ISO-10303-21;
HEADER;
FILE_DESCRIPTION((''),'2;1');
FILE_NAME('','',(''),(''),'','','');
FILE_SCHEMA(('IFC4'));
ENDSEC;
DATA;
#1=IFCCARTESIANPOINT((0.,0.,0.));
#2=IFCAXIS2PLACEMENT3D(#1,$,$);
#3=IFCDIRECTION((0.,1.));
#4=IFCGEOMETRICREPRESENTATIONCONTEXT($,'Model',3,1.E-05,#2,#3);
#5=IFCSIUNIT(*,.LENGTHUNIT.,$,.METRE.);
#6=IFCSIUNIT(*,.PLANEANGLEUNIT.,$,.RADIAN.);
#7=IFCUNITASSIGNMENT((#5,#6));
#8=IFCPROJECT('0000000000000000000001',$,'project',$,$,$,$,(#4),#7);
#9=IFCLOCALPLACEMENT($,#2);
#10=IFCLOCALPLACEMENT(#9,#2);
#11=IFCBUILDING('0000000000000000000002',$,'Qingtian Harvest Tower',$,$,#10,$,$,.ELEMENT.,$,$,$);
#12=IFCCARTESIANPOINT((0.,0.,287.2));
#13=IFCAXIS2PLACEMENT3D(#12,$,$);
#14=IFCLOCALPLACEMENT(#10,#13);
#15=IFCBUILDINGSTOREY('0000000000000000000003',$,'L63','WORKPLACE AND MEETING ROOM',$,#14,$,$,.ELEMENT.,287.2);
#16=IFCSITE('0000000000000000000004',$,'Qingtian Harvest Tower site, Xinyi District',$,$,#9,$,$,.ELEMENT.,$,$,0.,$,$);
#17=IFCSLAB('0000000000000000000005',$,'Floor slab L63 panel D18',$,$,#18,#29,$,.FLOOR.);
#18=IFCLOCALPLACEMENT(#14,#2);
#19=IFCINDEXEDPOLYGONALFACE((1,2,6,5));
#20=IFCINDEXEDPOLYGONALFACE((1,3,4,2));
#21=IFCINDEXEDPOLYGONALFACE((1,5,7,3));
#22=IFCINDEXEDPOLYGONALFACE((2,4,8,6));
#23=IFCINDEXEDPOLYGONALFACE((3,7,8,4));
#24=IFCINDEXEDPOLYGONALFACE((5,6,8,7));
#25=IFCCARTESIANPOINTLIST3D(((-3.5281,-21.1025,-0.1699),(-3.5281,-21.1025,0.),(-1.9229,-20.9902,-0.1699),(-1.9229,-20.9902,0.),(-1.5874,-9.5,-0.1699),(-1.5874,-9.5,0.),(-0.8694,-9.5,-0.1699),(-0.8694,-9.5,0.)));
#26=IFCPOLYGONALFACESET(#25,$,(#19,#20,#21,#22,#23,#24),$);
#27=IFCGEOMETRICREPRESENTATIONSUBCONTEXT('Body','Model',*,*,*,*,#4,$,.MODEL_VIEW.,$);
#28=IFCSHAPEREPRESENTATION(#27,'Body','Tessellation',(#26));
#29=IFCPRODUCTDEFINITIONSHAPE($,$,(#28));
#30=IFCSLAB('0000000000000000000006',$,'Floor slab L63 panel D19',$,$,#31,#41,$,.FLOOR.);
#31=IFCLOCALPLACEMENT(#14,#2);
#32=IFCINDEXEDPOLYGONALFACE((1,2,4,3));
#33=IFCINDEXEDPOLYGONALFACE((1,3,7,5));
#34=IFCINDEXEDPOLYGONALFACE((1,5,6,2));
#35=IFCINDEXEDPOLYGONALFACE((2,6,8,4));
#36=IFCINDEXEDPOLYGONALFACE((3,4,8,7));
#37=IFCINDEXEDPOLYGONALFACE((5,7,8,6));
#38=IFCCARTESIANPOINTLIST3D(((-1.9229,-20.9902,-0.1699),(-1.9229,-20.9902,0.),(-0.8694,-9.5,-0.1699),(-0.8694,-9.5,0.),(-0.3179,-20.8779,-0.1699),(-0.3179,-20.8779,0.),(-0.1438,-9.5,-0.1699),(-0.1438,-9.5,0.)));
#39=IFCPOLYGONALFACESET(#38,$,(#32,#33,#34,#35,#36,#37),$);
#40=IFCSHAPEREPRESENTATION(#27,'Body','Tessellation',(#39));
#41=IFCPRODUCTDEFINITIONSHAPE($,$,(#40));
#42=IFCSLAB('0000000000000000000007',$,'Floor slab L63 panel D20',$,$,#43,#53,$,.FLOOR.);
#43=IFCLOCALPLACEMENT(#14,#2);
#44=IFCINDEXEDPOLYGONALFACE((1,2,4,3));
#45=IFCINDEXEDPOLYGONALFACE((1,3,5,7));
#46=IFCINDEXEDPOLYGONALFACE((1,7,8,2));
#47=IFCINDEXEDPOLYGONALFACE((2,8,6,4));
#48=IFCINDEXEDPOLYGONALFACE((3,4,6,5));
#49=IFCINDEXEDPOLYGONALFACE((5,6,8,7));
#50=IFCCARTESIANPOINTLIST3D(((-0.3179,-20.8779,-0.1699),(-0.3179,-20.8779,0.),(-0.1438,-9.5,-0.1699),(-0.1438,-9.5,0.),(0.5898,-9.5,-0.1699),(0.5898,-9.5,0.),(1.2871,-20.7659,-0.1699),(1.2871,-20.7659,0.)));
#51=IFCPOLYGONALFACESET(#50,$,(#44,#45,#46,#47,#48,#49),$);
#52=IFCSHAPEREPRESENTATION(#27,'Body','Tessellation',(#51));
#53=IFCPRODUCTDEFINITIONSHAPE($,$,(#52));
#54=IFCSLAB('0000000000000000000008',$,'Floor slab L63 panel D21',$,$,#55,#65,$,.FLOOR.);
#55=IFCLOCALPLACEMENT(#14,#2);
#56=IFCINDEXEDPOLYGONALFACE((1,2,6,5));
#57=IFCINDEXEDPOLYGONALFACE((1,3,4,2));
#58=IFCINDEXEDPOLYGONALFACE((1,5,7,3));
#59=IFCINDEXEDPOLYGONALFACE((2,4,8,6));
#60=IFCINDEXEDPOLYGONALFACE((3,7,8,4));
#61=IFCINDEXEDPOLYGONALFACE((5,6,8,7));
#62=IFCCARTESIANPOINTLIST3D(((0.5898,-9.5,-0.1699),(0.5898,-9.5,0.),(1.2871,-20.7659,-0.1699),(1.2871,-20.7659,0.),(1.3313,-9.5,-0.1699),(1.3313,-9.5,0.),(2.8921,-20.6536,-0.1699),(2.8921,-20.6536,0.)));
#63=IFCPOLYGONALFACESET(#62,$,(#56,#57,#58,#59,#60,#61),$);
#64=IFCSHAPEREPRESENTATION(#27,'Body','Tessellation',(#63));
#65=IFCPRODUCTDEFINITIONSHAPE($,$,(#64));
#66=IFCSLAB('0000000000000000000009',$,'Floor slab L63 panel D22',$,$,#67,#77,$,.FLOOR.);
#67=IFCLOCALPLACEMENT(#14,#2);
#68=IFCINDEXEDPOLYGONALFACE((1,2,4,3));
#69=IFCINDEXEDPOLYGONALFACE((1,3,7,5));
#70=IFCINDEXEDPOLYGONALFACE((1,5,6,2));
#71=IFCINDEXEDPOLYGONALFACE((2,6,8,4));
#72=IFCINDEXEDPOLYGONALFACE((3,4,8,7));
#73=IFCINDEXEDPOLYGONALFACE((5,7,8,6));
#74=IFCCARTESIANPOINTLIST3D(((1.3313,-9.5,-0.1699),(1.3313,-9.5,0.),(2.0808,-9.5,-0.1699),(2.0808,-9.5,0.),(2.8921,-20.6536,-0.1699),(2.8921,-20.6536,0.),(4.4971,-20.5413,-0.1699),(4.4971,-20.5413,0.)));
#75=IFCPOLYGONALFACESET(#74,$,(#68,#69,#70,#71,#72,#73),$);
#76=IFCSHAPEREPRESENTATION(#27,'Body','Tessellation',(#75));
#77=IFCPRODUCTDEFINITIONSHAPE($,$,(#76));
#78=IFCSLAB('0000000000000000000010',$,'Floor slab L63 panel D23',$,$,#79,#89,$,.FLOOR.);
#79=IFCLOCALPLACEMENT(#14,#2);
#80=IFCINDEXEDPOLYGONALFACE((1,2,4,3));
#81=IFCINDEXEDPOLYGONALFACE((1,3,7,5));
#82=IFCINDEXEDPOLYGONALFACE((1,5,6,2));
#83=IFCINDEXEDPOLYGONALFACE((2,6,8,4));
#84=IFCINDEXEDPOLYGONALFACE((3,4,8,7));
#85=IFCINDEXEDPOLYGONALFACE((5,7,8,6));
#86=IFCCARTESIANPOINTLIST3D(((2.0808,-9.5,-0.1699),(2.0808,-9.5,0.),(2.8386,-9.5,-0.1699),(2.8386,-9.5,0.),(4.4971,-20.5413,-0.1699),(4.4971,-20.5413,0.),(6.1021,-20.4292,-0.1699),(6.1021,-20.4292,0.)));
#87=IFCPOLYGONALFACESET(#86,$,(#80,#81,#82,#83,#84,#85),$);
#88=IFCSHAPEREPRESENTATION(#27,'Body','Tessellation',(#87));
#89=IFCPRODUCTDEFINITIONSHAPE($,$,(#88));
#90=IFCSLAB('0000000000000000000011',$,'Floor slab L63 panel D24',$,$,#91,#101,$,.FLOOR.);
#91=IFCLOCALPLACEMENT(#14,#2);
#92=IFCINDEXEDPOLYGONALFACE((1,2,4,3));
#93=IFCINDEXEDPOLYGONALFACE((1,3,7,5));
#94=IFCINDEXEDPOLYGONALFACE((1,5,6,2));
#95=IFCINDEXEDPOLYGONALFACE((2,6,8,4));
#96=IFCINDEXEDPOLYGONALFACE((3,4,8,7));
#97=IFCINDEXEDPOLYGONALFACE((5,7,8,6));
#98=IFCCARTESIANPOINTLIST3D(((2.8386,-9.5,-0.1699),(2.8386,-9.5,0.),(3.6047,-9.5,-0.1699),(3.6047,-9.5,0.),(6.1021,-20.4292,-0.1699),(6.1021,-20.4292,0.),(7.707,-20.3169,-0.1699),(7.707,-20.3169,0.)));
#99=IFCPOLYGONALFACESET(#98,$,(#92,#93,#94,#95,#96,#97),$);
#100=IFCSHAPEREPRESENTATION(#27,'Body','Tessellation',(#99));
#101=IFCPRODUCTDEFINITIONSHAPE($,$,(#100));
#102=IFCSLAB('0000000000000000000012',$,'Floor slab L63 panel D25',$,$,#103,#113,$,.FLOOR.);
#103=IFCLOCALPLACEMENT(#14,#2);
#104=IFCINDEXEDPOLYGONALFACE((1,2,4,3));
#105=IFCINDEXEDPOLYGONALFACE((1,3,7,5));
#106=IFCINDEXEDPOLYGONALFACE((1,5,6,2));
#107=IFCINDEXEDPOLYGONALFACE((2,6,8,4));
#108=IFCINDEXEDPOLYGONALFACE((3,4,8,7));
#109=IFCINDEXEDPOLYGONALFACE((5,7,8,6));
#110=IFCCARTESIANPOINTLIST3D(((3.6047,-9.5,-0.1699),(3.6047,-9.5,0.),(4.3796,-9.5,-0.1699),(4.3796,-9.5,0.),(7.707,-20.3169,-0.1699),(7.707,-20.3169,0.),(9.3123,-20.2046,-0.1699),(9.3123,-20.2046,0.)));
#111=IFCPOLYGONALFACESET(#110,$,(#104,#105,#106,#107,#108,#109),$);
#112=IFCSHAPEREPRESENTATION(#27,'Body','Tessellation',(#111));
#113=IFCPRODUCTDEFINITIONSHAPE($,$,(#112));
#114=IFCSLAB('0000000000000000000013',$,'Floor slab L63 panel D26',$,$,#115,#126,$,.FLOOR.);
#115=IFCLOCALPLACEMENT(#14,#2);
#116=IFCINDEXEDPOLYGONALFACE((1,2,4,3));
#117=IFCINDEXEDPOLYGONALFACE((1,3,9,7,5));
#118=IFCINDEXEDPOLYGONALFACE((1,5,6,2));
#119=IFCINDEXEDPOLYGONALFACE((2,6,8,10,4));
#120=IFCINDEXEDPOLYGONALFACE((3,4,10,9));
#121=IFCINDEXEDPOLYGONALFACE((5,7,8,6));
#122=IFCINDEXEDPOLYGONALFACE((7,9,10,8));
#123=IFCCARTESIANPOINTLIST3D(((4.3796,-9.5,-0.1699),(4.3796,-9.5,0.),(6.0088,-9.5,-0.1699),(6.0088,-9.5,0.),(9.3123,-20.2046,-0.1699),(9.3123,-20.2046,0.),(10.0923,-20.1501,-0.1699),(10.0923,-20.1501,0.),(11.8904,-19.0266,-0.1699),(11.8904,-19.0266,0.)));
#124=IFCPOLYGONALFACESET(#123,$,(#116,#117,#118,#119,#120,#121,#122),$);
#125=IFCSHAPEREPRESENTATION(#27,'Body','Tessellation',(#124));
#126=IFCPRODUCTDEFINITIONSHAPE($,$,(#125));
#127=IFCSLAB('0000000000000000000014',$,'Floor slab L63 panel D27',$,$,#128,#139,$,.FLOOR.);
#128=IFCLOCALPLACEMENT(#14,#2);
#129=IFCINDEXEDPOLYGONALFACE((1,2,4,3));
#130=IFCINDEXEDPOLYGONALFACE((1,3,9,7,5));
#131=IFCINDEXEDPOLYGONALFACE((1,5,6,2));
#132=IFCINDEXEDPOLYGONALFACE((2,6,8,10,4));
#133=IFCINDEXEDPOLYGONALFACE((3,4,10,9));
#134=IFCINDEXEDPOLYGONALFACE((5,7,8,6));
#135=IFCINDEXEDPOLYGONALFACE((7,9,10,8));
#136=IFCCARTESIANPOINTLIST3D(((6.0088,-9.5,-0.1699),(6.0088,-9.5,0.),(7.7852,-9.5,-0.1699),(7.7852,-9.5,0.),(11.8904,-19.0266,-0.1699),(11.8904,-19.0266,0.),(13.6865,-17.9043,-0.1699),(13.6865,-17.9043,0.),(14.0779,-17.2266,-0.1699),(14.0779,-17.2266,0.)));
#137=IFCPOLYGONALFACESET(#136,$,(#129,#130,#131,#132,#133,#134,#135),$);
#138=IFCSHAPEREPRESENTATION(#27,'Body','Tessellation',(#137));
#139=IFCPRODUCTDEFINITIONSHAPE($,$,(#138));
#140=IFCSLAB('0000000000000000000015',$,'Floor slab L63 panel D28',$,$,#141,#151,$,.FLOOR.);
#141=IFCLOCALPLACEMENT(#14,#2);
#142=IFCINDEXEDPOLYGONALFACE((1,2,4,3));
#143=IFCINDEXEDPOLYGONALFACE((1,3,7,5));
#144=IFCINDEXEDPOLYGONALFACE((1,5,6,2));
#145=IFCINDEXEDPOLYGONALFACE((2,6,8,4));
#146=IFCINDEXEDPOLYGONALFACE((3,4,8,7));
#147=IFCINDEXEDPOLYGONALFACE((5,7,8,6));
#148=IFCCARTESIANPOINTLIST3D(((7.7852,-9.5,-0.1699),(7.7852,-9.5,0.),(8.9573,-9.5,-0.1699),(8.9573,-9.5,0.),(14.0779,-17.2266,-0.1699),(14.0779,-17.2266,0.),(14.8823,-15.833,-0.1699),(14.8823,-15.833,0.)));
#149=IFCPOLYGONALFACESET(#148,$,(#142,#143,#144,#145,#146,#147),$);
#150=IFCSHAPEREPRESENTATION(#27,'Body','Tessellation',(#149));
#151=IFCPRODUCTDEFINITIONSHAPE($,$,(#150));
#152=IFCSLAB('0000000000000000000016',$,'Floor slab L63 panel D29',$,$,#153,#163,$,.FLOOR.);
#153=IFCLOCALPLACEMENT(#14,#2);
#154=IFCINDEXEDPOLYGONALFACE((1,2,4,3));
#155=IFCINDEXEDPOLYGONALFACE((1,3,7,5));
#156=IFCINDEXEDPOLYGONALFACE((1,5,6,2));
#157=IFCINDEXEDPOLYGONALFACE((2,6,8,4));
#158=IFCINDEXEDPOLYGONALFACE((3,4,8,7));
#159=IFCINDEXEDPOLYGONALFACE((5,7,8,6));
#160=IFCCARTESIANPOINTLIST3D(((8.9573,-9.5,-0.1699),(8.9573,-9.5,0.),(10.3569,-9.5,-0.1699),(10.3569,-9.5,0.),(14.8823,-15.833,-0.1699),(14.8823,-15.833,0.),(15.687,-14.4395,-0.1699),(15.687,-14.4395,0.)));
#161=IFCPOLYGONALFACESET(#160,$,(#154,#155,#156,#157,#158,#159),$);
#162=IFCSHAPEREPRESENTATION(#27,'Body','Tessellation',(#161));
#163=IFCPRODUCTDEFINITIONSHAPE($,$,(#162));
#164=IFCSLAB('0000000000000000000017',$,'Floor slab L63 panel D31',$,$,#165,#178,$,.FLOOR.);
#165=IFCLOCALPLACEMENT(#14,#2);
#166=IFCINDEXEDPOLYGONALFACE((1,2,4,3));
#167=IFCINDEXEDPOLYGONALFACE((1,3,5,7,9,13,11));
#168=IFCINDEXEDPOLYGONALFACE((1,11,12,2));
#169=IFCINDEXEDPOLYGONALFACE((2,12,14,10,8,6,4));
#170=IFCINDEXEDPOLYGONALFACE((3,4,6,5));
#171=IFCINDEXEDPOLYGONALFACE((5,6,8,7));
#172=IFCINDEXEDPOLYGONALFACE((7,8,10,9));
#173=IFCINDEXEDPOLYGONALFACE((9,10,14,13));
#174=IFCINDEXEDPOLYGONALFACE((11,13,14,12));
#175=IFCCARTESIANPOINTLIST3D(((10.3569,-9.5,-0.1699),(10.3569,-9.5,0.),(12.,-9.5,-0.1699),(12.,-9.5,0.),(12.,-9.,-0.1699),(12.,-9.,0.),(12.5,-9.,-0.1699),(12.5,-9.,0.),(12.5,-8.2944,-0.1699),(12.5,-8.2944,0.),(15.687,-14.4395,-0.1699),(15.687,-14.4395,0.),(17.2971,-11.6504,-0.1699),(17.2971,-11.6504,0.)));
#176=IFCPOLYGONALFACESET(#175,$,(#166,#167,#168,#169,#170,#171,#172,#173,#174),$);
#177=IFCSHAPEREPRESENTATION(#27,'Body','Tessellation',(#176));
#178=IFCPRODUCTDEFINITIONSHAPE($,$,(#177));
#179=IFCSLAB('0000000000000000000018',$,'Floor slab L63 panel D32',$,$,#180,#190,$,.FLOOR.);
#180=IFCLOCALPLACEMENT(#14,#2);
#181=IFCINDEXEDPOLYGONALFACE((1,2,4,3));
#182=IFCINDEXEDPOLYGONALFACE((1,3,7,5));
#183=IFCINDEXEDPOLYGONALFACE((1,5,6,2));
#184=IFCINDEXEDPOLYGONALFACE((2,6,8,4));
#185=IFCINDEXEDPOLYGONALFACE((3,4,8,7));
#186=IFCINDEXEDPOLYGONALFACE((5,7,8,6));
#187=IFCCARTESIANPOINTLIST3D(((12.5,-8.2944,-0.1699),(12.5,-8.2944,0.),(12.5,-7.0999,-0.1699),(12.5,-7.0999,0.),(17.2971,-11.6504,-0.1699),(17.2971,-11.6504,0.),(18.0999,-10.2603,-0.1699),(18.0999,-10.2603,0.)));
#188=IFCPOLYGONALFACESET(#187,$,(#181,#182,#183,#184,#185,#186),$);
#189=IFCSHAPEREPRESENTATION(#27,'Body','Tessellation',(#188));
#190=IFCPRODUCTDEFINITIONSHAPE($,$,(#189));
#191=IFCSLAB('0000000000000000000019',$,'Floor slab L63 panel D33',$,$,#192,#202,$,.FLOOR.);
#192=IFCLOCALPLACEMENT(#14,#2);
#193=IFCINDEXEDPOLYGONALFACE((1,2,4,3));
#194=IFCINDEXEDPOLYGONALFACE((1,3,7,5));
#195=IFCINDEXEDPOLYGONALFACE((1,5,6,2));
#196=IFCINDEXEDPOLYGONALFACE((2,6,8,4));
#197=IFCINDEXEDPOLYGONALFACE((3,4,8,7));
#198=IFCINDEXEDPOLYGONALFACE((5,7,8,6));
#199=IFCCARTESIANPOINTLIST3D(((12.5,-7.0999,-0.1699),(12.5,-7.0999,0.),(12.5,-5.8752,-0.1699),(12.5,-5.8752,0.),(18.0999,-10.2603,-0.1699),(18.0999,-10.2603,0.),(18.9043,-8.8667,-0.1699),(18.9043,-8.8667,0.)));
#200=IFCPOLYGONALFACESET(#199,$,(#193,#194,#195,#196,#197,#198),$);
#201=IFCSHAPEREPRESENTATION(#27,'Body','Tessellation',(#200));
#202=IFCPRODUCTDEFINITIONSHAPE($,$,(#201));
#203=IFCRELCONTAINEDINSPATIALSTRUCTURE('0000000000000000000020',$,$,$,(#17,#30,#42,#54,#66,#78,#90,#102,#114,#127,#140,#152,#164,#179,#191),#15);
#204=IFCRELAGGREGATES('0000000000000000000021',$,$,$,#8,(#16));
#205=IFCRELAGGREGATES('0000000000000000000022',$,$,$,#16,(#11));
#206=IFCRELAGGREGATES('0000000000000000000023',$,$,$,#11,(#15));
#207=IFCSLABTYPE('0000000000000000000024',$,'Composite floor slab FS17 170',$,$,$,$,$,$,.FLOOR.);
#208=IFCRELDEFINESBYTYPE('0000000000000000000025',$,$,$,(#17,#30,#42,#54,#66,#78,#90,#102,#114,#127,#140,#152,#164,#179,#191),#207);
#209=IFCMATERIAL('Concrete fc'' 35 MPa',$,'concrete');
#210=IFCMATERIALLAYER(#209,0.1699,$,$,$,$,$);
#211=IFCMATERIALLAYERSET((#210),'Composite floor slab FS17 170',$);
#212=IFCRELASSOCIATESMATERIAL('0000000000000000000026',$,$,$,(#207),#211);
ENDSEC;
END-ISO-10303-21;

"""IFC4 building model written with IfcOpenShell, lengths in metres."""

from ifc_helpers import new_model, si_unit, direction, frame, origin, place, context, subcontext, project, spatial, polyline, outline, extrude, material, layer, layer_set, type_object, element, save


model = new_model("IFC4")

# Units and contexts
model_context = context("Model", 3, precision=1e-05, world=origin(), true_north=direction((0.0, 1.0)))
body_context = subcontext(model_context, "Body", "Model", "MODEL_VIEW")
ifc_project = project(units=[si_unit("LENGTHUNIT", "METRE"), si_unit("PLANEANGLEUNIT", "RADIAN")], contexts=[model_context])

# Site, building, storey
site_placement = place(None, origin())
site = spatial("IfcSite", under=ifc_project, at=site_placement, Name="Qingtian Harvest Tower site, Xinyi District", CompositionType="ELEMENT", RefElevation=0.0)
building_placement = place(site_placement, origin())
building = spatial("IfcBuilding", under=site, at=building_placement, Name="Qingtian Harvest Tower", CompositionType="ELEMENT")
storey_placement = place(building_placement, frame((0.0, 0.0, 287.2)))
storey = spatial("IfcBuildingStorey", under=building, at=storey_placement, Name="L63", Description="WORKPLACE AND MEETING ROOM", CompositionType="ELEMENT", Elevation=287.2)

# Slabs
ifc_material = material(Name="Concrete fc' 35 MPa", Category="concrete")
ifc_layer = layer(ifc_material, 0.1699)
ifc_layer_set = layer_set([ifc_layer], Name="Composite floor slab FS17 170")
slab_type = type_object("IfcSlabType", Name="Composite floor slab FS17 170", PredefinedType="FLOOR", material=ifc_layer_set)
slab_1_placement = place(storey_placement, frame((0.0, 0.0, -0.1699)))
element("IfcSlab", 1, at=slab_1_placement, inside=storey, type_object=slab_type, Name="Floor slab L63 panel D18", PredefinedType="FLOOR", context=body_context, shape_type="SweptSolid", body=[
    extrude(outline(polyline([(-0.8694, -9.5), (-1.9229, -20.9902), (-3.5281, -21.1025), (-1.5874, -9.5), (-0.8694, -9.5)])), origin(), (0.0, 0.0, 1.0), 0.1699),
])
slab_2_placement = place(storey_placement, frame((0.0, 0.0, -0.1699)))
element("IfcSlab", 2, at=slab_2_placement, inside=storey, type_object=slab_type, Name="Floor slab L63 panel D19", PredefinedType="FLOOR", context=body_context, shape_type="SweptSolid", body=[
    extrude(outline(polyline([(-0.1438, -9.5), (-0.3179, -20.8779), (-1.9229, -20.9902), (-0.8694, -9.5), (-0.1438, -9.5)])), origin(), (0.0, 0.0, 1.0), 0.1699),
])
slab_3_placement = place(storey_placement, frame((0.0, 0.0, -0.1699)))
element("IfcSlab", 3, at=slab_3_placement, inside=storey, type_object=slab_type, Name="Floor slab L63 panel D20", PredefinedType="FLOOR", context=body_context, shape_type="SweptSolid", body=[
    extrude(outline(polyline([(0.5898, -9.5), (1.2871, -20.7659), (-0.3179, -20.8779), (-0.1438, -9.5), (0.5898, -9.5)])), origin(), (0.0, 0.0, 1.0), 0.1699),
])
slab_4_placement = place(storey_placement, frame((0.0, 0.0, -0.1699)))
element("IfcSlab", 4, at=slab_4_placement, inside=storey, type_object=slab_type, Name="Floor slab L63 panel D21", PredefinedType="FLOOR", context=body_context, shape_type="SweptSolid", body=[
    extrude(outline(polyline([(1.3313, -9.5), (2.8921, -20.6536), (1.2871, -20.7659), (0.5898, -9.5), (1.3313, -9.5)])), origin(), (0.0, 0.0, 1.0), 0.1699),
])
slab_5_placement = place(storey_placement, frame((0.0, 0.0, -0.1699)))
element("IfcSlab", 5, at=slab_5_placement, inside=storey, type_object=slab_type, Name="Floor slab L63 panel D22", PredefinedType="FLOOR", context=body_context, shape_type="SweptSolid", body=[
    extrude(outline(polyline([(2.0808, -9.5), (4.4971, -20.5413), (2.8921, -20.6536), (1.3313, -9.5), (2.0808, -9.5)])), origin(), (0.0, 0.0, 1.0), 0.1699),
])
slab_6_placement = place(storey_placement, frame((0.0, 0.0, -0.1699)))
element("IfcSlab", 6, at=slab_6_placement, inside=storey, type_object=slab_type, Name="Floor slab L63 panel D23", PredefinedType="FLOOR", context=body_context, shape_type="SweptSolid", body=[
    extrude(outline(polyline([(2.8386, -9.5), (6.1021, -20.4292), (4.4971, -20.5413), (2.0808, -9.5), (2.8386, -9.5)])), origin(), (0.0, 0.0, 1.0), 0.1699),
])
slab_7_placement = place(storey_placement, frame((0.0, 0.0, -0.1699)))
element("IfcSlab", 7, at=slab_7_placement, inside=storey, type_object=slab_type, Name="Floor slab L63 panel D24", PredefinedType="FLOOR", context=body_context, shape_type="SweptSolid", body=[
    extrude(outline(polyline([(3.6047, -9.5), (7.707, -20.3169), (6.1021, -20.4292), (2.8386, -9.5), (3.6047, -9.5)])), origin(), (0.0, 0.0, 1.0), 0.1699),
])
slab_8_placement = place(storey_placement, frame((0.0, 0.0, -0.1699)))
element("IfcSlab", 8, at=slab_8_placement, inside=storey, type_object=slab_type, Name="Floor slab L63 panel D25", PredefinedType="FLOOR", context=body_context, shape_type="SweptSolid", body=[
    extrude(outline(polyline([(4.3796, -9.5), (9.3123, -20.2046), (7.707, -20.3169), (3.6047, -9.5), (4.3796, -9.5)])), origin(), (0.0, 0.0, 1.0), 0.1699),
])
slab_9_placement = place(storey_placement, frame((0.0, 0.0, -0.1699)))
element("IfcSlab", 9, at=slab_9_placement, inside=storey, type_object=slab_type, Name="Floor slab L63 panel D26", PredefinedType="FLOOR", context=body_context, shape_type="SweptSolid", body=[
    extrude(outline(polyline([(4.3796, -9.5), (6.0088, -9.5), (11.8904, -19.0266), (10.0923, -20.1501), (9.3123, -20.2046), (4.3796, -9.5)])), origin(), (0.0, 0.0, 1.0), 0.1699),
])
slab_10_placement = place(storey_placement, frame((0.0, 0.0, -0.1699)))
element("IfcSlab", 10, at=slab_10_placement, inside=storey, type_object=slab_type, Name="Floor slab L63 panel D27", PredefinedType="FLOOR", context=body_context, shape_type="SweptSolid", body=[
    extrude(outline(polyline([(6.0088, -9.5), (7.7852, -9.5), (14.0779, -17.2266), (13.6865, -17.9043), (11.8904, -19.0266), (6.0088, -9.5)])), origin(), (0.0, 0.0, 1.0), 0.1699),
])
slab_11_placement = place(storey_placement, frame((0.0, 0.0, -0.1699)))
element("IfcSlab", 11, at=slab_11_placement, inside=storey, type_object=slab_type, Name="Floor slab L63 panel D28", PredefinedType="FLOOR", context=body_context, shape_type="SweptSolid", body=[
    extrude(outline(polyline([(8.9573, -9.5), (14.8823, -15.833), (14.0779, -17.2266), (7.7852, -9.5), (8.9573, -9.5)])), origin(), (0.0, 0.0, 1.0), 0.1699),
])
slab_12_placement = place(storey_placement, frame((0.0, 0.0, -0.1699)))
element("IfcSlab", 12, at=slab_12_placement, inside=storey, type_object=slab_type, Name="Floor slab L63 panel D29", PredefinedType="FLOOR", context=body_context, shape_type="SweptSolid", body=[
    extrude(outline(polyline([(10.3569, -9.5), (15.687, -14.4395), (14.8823, -15.833), (8.9573, -9.5), (10.3569, -9.5)])), origin(), (0.0, 0.0, 1.0), 0.1699),
])
slab_13_placement = place(storey_placement, frame((0.0, 0.0, -0.1699)))
element("IfcSlab", 13, at=slab_13_placement, inside=storey, type_object=slab_type, Name="Floor slab L63 panel D31", PredefinedType="FLOOR", context=body_context, shape_type="SweptSolid", body=[
    extrude(outline(polyline([(12.5, -8.2944), (17.2971, -11.6504), (15.687, -14.4395), (10.3569, -9.5), (12.0, -9.5), (12.0, -9.0), (12.5, -9.0), (12.5, -8.2944)])), origin(), (0.0, 0.0, 1.0), 0.1699),
])
slab_14_placement = place(storey_placement, frame((0.0, 0.0, -0.1699)))
element("IfcSlab", 14, at=slab_14_placement, inside=storey, type_object=slab_type, Name="Floor slab L63 panel D32", PredefinedType="FLOOR", context=body_context, shape_type="SweptSolid", body=[
    extrude(outline(polyline([(12.5, -7.0999), (18.0999, -10.2603), (17.2971, -11.6504), (12.5, -8.2944), (12.5, -7.0999)])), origin(), (0.0, 0.0, 1.0), 0.1699),
])
slab_15_placement = place(storey_placement, frame((0.0, 0.0, -0.1699)))
element("IfcSlab", 15, at=slab_15_placement, inside=storey, type_object=slab_type, Name="Floor slab L63 panel D33", PredefinedType="FLOOR", context=body_context, shape_type="SweptSolid", body=[
    extrude(outline(polyline([(12.5, -5.8752), (18.9043, -8.8667), (18.0999, -10.2603), (12.5, -7.0999), (12.5, -5.8752)])), origin(), (0.0, 0.0, 1.0), 0.1699),
])

save(model, "model.ifc")
